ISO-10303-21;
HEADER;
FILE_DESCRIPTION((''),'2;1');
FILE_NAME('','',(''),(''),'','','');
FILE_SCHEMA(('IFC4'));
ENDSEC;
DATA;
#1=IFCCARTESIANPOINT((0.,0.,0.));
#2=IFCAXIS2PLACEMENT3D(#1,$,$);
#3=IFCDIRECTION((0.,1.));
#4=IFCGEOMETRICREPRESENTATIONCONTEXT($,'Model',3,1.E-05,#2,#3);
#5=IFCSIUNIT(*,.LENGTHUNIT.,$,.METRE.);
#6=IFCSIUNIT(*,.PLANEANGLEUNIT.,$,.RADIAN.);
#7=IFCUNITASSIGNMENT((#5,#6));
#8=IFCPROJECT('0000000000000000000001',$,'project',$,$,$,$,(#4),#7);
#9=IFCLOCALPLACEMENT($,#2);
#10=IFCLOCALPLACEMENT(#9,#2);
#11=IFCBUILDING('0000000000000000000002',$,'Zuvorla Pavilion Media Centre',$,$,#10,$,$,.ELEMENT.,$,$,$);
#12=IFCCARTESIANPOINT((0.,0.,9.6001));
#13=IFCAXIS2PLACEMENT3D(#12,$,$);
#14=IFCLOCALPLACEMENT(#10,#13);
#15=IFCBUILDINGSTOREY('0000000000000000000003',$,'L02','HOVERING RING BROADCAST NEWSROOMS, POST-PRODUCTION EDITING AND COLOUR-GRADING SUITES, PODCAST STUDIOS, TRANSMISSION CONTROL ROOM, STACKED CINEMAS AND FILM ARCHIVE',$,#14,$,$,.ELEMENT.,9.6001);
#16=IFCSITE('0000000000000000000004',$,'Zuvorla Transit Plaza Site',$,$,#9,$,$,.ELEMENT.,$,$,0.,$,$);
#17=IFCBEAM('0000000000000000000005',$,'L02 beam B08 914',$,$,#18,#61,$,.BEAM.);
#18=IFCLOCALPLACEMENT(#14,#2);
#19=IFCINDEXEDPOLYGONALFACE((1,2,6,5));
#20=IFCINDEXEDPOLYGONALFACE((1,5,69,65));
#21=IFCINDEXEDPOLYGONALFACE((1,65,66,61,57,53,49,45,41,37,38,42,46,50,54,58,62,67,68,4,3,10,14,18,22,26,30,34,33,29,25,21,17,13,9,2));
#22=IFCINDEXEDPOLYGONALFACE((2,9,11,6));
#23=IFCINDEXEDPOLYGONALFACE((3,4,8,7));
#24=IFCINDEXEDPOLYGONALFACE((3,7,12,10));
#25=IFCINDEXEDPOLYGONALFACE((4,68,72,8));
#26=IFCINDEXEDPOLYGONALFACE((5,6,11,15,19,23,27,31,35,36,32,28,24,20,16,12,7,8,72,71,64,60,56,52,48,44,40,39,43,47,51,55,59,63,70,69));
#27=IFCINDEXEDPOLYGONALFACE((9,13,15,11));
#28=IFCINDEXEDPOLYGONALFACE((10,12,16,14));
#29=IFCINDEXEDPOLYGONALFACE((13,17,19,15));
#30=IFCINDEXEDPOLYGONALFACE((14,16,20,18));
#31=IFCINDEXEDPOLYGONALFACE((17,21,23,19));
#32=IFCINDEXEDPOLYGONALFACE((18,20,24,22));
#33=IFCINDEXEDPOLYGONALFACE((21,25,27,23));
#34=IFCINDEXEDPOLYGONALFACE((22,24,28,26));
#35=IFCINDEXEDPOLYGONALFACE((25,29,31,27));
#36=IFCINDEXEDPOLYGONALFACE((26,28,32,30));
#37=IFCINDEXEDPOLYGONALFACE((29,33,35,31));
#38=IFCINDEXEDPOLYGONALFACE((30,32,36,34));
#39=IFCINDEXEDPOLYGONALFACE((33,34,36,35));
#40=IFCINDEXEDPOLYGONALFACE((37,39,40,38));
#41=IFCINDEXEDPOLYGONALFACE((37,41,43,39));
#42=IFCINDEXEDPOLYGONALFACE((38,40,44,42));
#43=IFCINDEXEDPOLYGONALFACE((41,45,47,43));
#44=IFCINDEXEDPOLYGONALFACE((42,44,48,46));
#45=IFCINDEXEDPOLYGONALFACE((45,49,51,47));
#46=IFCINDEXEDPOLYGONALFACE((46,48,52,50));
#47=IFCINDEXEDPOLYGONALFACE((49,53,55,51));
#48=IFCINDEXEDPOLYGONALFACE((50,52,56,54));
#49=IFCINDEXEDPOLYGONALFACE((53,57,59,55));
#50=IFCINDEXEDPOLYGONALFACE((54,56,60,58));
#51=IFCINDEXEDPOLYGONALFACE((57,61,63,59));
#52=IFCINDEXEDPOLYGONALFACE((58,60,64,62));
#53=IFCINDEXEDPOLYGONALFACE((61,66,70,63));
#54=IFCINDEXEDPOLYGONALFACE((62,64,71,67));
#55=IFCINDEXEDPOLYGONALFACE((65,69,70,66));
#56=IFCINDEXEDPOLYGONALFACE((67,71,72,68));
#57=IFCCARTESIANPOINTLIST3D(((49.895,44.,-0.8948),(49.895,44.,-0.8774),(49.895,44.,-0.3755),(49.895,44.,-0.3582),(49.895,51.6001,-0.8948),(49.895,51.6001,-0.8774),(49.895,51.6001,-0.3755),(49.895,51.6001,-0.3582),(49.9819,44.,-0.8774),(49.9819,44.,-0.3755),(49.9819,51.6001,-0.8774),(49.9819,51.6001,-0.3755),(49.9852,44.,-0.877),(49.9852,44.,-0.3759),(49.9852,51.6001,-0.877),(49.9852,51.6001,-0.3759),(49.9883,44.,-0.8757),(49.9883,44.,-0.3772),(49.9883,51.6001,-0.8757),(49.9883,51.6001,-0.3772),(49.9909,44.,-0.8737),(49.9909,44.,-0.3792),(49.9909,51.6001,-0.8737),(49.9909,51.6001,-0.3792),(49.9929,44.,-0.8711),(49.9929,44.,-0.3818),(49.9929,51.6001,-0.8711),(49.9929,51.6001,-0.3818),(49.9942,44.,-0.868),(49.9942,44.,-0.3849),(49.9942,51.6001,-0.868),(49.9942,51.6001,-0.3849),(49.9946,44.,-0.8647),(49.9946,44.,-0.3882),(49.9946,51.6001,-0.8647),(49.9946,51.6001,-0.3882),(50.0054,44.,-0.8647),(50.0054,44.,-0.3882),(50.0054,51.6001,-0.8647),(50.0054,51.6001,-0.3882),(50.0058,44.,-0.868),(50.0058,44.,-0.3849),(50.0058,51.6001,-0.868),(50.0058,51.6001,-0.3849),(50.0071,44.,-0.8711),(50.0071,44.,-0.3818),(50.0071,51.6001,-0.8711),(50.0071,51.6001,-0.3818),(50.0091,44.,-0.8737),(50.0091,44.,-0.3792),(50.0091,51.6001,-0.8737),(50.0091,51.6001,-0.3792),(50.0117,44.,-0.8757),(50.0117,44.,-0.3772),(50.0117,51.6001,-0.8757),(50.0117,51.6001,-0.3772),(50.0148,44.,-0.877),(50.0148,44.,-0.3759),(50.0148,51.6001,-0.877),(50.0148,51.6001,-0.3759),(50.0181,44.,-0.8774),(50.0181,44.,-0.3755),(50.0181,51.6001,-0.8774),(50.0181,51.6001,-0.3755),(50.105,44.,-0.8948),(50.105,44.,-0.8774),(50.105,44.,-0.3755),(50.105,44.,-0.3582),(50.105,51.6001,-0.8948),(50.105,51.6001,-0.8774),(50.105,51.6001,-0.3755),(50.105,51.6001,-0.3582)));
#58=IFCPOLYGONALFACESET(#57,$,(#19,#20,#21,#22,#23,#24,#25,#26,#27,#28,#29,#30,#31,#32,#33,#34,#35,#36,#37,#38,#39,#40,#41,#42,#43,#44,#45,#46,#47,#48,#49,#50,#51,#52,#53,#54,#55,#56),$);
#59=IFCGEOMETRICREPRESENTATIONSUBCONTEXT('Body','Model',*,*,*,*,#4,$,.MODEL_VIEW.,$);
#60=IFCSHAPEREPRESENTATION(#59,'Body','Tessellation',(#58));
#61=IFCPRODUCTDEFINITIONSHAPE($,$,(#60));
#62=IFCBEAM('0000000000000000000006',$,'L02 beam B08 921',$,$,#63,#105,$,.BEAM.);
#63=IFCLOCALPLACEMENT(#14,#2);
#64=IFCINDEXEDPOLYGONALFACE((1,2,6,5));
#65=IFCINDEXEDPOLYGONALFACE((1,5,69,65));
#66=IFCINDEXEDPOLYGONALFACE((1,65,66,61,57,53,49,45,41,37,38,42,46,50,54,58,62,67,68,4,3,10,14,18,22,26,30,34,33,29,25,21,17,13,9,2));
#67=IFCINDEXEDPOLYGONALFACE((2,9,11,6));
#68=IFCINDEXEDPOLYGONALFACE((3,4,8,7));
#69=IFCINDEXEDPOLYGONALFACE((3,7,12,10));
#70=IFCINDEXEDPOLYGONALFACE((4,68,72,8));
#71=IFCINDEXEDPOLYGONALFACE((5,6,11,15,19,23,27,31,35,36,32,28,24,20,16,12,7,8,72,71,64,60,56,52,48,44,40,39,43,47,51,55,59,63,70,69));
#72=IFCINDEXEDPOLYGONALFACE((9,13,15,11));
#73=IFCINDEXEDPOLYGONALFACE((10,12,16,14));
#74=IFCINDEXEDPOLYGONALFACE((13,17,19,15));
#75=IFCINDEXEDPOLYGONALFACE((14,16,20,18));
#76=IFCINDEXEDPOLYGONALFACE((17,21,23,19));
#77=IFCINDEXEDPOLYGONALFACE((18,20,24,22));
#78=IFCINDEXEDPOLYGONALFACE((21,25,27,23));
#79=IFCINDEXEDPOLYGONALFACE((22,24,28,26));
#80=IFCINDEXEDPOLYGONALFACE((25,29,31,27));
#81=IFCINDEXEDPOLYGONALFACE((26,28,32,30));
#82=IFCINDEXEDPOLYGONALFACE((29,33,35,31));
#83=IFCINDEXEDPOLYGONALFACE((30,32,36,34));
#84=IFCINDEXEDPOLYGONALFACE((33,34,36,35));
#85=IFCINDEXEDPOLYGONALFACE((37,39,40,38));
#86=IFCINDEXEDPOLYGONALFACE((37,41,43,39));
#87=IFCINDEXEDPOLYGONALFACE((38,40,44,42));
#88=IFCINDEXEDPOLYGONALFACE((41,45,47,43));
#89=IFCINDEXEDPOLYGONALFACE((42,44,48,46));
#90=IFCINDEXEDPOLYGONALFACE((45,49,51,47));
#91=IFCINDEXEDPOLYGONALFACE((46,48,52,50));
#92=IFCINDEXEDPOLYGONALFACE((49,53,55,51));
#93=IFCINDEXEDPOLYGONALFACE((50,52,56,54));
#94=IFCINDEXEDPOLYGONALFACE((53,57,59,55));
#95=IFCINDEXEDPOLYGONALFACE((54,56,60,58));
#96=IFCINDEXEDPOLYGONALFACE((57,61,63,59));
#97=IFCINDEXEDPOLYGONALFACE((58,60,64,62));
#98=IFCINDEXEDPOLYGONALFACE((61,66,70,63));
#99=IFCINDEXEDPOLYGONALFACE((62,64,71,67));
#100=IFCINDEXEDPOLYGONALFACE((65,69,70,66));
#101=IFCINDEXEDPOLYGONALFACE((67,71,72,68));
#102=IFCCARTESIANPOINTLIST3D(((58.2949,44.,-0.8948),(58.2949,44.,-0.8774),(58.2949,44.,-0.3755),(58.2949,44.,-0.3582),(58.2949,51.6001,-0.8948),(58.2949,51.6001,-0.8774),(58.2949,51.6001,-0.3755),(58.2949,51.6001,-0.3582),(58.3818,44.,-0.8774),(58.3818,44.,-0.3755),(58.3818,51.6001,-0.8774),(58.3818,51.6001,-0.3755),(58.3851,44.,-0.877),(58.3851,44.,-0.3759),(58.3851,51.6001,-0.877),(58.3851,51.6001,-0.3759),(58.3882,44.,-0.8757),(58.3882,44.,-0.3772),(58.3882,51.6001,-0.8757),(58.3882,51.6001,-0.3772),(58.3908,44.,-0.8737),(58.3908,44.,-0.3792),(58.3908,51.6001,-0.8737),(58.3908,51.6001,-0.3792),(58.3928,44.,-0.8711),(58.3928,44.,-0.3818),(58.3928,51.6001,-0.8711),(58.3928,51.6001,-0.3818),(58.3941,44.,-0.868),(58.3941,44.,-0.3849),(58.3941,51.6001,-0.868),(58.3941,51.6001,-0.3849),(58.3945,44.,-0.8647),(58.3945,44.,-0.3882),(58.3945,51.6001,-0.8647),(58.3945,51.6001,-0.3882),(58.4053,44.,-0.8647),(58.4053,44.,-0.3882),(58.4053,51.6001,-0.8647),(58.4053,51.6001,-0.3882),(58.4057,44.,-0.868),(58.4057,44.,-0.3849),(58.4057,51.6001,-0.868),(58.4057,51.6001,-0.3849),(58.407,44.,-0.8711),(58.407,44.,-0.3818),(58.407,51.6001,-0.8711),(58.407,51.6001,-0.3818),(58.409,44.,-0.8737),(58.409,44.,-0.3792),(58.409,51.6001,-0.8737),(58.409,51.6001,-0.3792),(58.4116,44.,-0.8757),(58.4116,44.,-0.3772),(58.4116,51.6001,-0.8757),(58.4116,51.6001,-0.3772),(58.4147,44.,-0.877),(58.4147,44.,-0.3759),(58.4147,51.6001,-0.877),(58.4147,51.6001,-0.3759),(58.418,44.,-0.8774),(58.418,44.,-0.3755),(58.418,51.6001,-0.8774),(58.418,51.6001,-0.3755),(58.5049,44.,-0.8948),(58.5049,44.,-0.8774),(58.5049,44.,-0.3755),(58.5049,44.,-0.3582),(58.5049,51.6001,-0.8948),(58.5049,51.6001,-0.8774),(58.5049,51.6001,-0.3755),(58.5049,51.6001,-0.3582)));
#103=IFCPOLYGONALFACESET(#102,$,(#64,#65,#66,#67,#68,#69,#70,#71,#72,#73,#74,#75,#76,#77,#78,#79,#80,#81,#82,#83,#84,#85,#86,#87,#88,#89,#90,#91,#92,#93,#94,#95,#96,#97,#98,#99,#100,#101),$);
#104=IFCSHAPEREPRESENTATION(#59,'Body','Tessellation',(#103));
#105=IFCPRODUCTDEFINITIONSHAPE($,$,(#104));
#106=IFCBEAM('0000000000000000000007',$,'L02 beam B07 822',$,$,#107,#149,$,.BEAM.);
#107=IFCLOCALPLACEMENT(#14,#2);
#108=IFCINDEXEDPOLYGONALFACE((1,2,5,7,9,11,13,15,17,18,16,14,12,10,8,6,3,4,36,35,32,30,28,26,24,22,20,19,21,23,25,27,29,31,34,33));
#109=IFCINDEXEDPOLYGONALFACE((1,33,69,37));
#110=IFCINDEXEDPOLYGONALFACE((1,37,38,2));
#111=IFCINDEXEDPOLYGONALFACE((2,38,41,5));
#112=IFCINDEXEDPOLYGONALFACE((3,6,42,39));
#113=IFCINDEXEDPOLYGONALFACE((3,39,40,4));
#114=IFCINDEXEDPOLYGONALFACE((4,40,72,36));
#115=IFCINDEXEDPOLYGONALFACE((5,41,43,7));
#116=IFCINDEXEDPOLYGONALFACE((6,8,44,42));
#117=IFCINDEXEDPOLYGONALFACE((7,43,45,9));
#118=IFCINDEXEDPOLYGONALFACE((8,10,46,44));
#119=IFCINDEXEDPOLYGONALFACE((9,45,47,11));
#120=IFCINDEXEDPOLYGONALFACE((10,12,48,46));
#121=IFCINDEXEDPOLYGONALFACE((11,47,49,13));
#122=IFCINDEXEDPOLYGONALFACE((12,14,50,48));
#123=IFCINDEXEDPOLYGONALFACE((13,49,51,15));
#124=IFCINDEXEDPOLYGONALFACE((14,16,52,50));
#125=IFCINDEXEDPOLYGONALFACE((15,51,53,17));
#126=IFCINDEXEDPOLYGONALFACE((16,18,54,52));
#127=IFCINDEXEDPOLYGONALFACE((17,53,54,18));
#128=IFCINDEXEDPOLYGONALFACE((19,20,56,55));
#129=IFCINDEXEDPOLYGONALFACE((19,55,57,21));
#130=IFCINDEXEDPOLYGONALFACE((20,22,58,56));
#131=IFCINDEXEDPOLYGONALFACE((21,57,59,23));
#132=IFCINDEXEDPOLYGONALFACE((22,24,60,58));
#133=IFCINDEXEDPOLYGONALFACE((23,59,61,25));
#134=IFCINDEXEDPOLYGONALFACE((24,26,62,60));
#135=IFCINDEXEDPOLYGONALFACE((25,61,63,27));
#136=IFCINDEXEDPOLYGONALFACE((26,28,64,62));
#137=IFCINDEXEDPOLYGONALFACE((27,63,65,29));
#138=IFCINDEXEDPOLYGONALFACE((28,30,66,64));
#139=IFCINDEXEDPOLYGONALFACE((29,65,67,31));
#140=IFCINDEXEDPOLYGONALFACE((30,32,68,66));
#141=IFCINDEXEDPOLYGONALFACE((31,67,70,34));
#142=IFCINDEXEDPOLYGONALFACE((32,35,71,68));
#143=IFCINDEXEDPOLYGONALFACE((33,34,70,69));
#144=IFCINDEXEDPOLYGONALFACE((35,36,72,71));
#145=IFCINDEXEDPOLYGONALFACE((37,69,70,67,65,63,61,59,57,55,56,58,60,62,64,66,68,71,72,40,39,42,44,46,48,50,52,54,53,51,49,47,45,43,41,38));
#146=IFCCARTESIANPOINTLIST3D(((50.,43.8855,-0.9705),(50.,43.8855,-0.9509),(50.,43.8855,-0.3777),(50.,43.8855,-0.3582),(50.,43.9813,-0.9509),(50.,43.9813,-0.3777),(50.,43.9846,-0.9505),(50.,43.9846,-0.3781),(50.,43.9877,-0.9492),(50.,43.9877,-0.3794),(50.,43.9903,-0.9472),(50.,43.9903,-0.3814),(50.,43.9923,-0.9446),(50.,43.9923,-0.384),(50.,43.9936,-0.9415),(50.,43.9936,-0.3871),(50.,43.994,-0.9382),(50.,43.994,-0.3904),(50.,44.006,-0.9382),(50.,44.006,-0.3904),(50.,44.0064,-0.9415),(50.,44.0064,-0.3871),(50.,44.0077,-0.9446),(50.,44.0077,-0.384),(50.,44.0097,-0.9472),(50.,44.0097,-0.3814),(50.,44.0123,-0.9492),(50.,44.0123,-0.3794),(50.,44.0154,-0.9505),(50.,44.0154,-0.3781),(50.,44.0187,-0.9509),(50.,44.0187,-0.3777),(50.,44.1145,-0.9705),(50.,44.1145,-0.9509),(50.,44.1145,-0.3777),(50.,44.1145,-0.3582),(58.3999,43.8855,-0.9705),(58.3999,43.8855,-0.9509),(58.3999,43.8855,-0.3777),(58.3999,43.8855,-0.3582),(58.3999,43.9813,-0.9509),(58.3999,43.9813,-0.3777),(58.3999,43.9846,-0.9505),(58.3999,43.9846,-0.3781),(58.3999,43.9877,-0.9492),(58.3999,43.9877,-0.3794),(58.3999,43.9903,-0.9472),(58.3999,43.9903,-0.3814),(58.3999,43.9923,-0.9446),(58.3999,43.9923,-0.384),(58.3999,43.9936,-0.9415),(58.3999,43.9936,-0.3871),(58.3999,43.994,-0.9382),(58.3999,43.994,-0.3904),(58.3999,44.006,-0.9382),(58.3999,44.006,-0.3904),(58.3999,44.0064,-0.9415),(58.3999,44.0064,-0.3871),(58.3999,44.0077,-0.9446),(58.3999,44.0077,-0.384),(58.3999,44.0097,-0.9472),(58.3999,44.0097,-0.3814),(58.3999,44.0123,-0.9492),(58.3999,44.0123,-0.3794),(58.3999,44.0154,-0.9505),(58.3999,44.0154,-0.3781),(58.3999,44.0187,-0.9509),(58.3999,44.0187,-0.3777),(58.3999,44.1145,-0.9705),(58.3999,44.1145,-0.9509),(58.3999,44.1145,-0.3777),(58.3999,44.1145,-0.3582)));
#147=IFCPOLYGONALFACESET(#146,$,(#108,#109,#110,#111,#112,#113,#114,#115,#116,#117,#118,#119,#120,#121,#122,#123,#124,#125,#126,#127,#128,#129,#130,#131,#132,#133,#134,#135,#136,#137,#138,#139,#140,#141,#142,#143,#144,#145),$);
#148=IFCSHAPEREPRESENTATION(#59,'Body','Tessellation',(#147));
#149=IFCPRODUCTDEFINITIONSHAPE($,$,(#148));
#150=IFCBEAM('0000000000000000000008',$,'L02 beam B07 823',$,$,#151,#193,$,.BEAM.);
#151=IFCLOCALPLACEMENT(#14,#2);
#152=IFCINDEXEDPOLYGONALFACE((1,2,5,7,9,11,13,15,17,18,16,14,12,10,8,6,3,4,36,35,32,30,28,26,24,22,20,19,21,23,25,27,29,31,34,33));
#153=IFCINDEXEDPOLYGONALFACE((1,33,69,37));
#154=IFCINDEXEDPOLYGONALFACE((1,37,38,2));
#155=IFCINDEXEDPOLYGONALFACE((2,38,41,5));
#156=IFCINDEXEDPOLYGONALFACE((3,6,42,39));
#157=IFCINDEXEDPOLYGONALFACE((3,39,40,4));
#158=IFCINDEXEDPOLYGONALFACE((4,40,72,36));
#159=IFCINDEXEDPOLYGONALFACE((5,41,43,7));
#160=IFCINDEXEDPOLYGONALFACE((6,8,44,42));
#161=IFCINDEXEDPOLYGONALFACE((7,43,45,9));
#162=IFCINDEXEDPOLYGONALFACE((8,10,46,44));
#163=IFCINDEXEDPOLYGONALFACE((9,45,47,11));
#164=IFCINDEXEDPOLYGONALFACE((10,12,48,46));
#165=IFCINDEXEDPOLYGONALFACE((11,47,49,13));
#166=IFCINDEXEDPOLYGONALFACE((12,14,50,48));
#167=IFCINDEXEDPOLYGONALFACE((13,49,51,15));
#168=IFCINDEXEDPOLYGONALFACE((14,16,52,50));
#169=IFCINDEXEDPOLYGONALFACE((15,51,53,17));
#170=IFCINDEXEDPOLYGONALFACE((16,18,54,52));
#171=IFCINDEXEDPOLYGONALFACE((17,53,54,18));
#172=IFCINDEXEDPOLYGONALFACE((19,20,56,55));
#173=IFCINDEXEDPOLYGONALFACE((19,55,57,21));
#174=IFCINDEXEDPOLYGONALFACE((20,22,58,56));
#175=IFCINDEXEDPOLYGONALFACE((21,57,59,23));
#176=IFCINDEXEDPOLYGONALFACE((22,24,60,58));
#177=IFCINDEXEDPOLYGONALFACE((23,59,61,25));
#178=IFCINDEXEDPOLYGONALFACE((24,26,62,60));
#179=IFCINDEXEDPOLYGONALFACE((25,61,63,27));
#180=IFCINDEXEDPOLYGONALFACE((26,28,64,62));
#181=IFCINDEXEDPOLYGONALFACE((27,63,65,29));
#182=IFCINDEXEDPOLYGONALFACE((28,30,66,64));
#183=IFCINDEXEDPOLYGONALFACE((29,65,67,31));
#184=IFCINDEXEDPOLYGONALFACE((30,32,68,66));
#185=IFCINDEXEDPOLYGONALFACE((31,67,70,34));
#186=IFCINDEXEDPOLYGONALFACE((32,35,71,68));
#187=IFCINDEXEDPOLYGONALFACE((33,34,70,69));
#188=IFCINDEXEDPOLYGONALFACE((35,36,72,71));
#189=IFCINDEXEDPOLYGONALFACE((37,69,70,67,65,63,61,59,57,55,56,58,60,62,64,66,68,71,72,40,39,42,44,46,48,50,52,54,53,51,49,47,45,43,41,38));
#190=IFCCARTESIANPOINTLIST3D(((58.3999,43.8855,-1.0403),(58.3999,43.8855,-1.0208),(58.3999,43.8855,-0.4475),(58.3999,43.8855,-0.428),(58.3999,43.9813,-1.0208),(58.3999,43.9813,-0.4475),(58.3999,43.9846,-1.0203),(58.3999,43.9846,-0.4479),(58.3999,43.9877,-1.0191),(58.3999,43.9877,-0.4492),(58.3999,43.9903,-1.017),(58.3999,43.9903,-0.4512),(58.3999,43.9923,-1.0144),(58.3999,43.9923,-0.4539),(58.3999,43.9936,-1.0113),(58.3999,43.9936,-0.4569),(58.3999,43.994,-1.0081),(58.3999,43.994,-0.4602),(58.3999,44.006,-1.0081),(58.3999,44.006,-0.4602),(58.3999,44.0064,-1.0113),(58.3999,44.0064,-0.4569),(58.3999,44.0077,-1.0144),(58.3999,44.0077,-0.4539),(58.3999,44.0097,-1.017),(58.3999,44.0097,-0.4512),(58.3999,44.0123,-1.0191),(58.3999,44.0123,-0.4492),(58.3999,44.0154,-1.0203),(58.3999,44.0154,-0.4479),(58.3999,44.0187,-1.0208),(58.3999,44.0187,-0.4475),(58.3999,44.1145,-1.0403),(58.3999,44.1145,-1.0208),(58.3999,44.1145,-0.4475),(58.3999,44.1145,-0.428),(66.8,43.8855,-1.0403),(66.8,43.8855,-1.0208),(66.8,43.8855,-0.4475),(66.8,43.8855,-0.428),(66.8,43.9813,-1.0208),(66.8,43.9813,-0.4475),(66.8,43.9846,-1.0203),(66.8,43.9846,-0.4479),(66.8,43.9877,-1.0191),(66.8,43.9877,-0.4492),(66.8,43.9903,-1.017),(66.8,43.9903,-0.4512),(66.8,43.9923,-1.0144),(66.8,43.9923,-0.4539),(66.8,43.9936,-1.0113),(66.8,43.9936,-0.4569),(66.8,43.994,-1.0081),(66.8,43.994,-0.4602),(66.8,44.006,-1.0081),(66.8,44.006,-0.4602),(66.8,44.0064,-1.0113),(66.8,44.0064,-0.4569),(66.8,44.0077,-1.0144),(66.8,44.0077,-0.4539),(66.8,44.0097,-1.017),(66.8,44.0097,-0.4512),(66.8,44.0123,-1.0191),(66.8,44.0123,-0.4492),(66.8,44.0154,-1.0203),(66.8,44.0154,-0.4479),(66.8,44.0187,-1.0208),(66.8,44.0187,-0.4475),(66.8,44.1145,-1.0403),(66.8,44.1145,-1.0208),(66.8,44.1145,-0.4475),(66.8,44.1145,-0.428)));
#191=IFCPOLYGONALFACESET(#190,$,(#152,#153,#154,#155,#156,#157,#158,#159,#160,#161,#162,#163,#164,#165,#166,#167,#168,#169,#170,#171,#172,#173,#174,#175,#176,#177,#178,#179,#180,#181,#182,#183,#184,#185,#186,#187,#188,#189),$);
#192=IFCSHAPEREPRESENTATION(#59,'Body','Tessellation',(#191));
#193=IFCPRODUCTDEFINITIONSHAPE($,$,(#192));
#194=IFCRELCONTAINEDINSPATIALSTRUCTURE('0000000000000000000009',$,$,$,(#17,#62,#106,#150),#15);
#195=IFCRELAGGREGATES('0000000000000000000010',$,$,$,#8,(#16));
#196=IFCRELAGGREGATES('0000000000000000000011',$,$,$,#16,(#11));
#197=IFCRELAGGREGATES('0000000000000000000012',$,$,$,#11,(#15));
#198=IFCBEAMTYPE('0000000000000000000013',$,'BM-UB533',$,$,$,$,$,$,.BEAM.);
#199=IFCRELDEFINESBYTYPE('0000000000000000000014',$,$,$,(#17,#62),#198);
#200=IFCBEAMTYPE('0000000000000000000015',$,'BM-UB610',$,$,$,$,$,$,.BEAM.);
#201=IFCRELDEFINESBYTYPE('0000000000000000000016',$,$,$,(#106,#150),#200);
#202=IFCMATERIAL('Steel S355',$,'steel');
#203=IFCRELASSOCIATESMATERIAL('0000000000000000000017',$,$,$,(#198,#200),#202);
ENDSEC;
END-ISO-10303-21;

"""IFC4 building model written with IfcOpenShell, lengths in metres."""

from ifc_helpers import new_model, si_unit, direction, frame, origin, origin_2d, place, context, subcontext, project, spatial, i_section, extrude, material, material_profile, profile_set, type_object, element, save


model = new_model("IFC4")

# Units and contexts
model_context = context("Model", 3, precision=1e-05, world=origin(), true_north=direction((0.0, 1.0)))
body_context = subcontext(model_context, "Body", "Model", "MODEL_VIEW")
ifc_project = project(units=[si_unit("LENGTHUNIT", "METRE"), si_unit("PLANEANGLEUNIT", "RADIAN")], contexts=[model_context])

# Site, building, storey
site_placement = place(None, origin())
site = spatial("IfcSite", under=ifc_project, at=site_placement, Name="Zuvorla Transit Plaza Site", CompositionType="ELEMENT", RefElevation=0.0)
building_placement = place(site_placement, origin())
building = spatial("IfcBuilding", under=site, at=building_placement, Name="Zuvorla Pavilion Media Centre", CompositionType="ELEMENT")
storey_placement = place(building_placement, frame((0.0, 0.0, 9.6001)))
storey = spatial("IfcBuildingStorey", under=building, at=storey_placement, Name="L02", Description="HOVERING RING BROADCAST NEWSROOMS, POST-PRODUCTION EDITING AND COLOUR-GRADING SUITES, PODCAST STUDIOS, TRANSMISSION CONTROL ROOM, STACKED CINEMAS AND FILM ARCHIVE", CompositionType="ELEMENT", Elevation=9.6001)

# Shared definitions
ifc_material_1 = material(Name="Steel S355", Category="steel")

# Beams
ifc_material_profile_1 = material_profile(ifc_material_1, i_section(OverallWidth=0.21, OverallDepth=0.5366, WebThickness=0.0107, FlangeThickness=0.0173, FilletRadius=0.0127, at=origin_2d()), Name="UB 533x210x101")
ifc_profile_set_1 = profile_set([ifc_material_profile_1], Name="Steel S355")
beam_type_1 = type_object("IfcBeamType", Name="BM-UB533", PredefinedType="BEAM", material=ifc_profile_set_1)
for number, where, z_axis, x_axis, name in (
    (1, (50.0, 44.0, -0.6265), (0.0, 1.0, 0.0), (-1.0, 0.0, 0.0), "L02 beam B08 914"),
    (2, (58.3999, 44.0, -0.6265), (0.0, 1.0, 0.0), (-1.0, 0.0, 0.0), "L02 beam B08 921"),
):
    element("IfcBeam", number, at=place(storey_placement, frame(where, z_axis=z_axis, x_axis=x_axis)), inside=storey, type_object=beam_type_1, Name=name, PredefinedType="BEAM", context=body_context, shape_type="SweptSolid", body=[
        extrude(i_section(OverallWidth=0.21, OverallDepth=0.5366, WebThickness=0.0107, FlangeThickness=0.0173, FilletRadius=0.0127, at=origin_2d()), origin(), (0.0, 0.0, 1.0), 7.6001),
    ])
ifc_material_profile_2 = material_profile(ifc_material_1, i_section(OverallWidth=0.229, OverallDepth=0.6123, WebThickness=0.012, FlangeThickness=0.0195, FilletRadius=0.0127, at=origin_2d()), Name="UB 610x229x125")
ifc_profile_set_2 = profile_set([ifc_material_profile_2], Name="Steel S355")
beam_type_2 = type_object("IfcBeamType", Name="BM-UB610", PredefinedType="BEAM", material=ifc_profile_set_2)
beam_1_placement = place(storey_placement, frame((50.0, 44.0, -0.6643), z_axis=(1.0, 0.0, 0.0), x_axis=(0.0, 1.0, 0.0)))
element("IfcBeam", 3, at=beam_1_placement, inside=storey, type_object=beam_type_2, Name="L02 beam B07 822", PredefinedType="BEAM", context=body_context, shape_type="SweptSolid", body=[
    extrude(i_section(OverallWidth=0.229, OverallDepth=0.6123, WebThickness=0.012, FlangeThickness=0.0195, FilletRadius=0.0127, at=origin_2d()), origin(), (0.0, 0.0, 1.0), 8.3999),
])
beam_2_placement = place(storey_placement, frame((58.3999, 44.0, -0.7341), z_axis=(1.0, 0.0, 0.0), x_axis=(0.0, 1.0, 0.0)))
element("IfcBeam", 4, at=beam_2_placement, inside=storey, type_object=beam_type_2, Name="L02 beam B07 823", PredefinedType="BEAM", context=body_context, shape_type="SweptSolid", body=[
    extrude(i_section(OverallWidth=0.229, OverallDepth=0.6123, WebThickness=0.012, FlangeThickness=0.0195, FilletRadius=0.0127, at=origin_2d()), origin(), (0.0, 0.0, 1.0), 8.4001),
])

save(model, "model.ifc")
